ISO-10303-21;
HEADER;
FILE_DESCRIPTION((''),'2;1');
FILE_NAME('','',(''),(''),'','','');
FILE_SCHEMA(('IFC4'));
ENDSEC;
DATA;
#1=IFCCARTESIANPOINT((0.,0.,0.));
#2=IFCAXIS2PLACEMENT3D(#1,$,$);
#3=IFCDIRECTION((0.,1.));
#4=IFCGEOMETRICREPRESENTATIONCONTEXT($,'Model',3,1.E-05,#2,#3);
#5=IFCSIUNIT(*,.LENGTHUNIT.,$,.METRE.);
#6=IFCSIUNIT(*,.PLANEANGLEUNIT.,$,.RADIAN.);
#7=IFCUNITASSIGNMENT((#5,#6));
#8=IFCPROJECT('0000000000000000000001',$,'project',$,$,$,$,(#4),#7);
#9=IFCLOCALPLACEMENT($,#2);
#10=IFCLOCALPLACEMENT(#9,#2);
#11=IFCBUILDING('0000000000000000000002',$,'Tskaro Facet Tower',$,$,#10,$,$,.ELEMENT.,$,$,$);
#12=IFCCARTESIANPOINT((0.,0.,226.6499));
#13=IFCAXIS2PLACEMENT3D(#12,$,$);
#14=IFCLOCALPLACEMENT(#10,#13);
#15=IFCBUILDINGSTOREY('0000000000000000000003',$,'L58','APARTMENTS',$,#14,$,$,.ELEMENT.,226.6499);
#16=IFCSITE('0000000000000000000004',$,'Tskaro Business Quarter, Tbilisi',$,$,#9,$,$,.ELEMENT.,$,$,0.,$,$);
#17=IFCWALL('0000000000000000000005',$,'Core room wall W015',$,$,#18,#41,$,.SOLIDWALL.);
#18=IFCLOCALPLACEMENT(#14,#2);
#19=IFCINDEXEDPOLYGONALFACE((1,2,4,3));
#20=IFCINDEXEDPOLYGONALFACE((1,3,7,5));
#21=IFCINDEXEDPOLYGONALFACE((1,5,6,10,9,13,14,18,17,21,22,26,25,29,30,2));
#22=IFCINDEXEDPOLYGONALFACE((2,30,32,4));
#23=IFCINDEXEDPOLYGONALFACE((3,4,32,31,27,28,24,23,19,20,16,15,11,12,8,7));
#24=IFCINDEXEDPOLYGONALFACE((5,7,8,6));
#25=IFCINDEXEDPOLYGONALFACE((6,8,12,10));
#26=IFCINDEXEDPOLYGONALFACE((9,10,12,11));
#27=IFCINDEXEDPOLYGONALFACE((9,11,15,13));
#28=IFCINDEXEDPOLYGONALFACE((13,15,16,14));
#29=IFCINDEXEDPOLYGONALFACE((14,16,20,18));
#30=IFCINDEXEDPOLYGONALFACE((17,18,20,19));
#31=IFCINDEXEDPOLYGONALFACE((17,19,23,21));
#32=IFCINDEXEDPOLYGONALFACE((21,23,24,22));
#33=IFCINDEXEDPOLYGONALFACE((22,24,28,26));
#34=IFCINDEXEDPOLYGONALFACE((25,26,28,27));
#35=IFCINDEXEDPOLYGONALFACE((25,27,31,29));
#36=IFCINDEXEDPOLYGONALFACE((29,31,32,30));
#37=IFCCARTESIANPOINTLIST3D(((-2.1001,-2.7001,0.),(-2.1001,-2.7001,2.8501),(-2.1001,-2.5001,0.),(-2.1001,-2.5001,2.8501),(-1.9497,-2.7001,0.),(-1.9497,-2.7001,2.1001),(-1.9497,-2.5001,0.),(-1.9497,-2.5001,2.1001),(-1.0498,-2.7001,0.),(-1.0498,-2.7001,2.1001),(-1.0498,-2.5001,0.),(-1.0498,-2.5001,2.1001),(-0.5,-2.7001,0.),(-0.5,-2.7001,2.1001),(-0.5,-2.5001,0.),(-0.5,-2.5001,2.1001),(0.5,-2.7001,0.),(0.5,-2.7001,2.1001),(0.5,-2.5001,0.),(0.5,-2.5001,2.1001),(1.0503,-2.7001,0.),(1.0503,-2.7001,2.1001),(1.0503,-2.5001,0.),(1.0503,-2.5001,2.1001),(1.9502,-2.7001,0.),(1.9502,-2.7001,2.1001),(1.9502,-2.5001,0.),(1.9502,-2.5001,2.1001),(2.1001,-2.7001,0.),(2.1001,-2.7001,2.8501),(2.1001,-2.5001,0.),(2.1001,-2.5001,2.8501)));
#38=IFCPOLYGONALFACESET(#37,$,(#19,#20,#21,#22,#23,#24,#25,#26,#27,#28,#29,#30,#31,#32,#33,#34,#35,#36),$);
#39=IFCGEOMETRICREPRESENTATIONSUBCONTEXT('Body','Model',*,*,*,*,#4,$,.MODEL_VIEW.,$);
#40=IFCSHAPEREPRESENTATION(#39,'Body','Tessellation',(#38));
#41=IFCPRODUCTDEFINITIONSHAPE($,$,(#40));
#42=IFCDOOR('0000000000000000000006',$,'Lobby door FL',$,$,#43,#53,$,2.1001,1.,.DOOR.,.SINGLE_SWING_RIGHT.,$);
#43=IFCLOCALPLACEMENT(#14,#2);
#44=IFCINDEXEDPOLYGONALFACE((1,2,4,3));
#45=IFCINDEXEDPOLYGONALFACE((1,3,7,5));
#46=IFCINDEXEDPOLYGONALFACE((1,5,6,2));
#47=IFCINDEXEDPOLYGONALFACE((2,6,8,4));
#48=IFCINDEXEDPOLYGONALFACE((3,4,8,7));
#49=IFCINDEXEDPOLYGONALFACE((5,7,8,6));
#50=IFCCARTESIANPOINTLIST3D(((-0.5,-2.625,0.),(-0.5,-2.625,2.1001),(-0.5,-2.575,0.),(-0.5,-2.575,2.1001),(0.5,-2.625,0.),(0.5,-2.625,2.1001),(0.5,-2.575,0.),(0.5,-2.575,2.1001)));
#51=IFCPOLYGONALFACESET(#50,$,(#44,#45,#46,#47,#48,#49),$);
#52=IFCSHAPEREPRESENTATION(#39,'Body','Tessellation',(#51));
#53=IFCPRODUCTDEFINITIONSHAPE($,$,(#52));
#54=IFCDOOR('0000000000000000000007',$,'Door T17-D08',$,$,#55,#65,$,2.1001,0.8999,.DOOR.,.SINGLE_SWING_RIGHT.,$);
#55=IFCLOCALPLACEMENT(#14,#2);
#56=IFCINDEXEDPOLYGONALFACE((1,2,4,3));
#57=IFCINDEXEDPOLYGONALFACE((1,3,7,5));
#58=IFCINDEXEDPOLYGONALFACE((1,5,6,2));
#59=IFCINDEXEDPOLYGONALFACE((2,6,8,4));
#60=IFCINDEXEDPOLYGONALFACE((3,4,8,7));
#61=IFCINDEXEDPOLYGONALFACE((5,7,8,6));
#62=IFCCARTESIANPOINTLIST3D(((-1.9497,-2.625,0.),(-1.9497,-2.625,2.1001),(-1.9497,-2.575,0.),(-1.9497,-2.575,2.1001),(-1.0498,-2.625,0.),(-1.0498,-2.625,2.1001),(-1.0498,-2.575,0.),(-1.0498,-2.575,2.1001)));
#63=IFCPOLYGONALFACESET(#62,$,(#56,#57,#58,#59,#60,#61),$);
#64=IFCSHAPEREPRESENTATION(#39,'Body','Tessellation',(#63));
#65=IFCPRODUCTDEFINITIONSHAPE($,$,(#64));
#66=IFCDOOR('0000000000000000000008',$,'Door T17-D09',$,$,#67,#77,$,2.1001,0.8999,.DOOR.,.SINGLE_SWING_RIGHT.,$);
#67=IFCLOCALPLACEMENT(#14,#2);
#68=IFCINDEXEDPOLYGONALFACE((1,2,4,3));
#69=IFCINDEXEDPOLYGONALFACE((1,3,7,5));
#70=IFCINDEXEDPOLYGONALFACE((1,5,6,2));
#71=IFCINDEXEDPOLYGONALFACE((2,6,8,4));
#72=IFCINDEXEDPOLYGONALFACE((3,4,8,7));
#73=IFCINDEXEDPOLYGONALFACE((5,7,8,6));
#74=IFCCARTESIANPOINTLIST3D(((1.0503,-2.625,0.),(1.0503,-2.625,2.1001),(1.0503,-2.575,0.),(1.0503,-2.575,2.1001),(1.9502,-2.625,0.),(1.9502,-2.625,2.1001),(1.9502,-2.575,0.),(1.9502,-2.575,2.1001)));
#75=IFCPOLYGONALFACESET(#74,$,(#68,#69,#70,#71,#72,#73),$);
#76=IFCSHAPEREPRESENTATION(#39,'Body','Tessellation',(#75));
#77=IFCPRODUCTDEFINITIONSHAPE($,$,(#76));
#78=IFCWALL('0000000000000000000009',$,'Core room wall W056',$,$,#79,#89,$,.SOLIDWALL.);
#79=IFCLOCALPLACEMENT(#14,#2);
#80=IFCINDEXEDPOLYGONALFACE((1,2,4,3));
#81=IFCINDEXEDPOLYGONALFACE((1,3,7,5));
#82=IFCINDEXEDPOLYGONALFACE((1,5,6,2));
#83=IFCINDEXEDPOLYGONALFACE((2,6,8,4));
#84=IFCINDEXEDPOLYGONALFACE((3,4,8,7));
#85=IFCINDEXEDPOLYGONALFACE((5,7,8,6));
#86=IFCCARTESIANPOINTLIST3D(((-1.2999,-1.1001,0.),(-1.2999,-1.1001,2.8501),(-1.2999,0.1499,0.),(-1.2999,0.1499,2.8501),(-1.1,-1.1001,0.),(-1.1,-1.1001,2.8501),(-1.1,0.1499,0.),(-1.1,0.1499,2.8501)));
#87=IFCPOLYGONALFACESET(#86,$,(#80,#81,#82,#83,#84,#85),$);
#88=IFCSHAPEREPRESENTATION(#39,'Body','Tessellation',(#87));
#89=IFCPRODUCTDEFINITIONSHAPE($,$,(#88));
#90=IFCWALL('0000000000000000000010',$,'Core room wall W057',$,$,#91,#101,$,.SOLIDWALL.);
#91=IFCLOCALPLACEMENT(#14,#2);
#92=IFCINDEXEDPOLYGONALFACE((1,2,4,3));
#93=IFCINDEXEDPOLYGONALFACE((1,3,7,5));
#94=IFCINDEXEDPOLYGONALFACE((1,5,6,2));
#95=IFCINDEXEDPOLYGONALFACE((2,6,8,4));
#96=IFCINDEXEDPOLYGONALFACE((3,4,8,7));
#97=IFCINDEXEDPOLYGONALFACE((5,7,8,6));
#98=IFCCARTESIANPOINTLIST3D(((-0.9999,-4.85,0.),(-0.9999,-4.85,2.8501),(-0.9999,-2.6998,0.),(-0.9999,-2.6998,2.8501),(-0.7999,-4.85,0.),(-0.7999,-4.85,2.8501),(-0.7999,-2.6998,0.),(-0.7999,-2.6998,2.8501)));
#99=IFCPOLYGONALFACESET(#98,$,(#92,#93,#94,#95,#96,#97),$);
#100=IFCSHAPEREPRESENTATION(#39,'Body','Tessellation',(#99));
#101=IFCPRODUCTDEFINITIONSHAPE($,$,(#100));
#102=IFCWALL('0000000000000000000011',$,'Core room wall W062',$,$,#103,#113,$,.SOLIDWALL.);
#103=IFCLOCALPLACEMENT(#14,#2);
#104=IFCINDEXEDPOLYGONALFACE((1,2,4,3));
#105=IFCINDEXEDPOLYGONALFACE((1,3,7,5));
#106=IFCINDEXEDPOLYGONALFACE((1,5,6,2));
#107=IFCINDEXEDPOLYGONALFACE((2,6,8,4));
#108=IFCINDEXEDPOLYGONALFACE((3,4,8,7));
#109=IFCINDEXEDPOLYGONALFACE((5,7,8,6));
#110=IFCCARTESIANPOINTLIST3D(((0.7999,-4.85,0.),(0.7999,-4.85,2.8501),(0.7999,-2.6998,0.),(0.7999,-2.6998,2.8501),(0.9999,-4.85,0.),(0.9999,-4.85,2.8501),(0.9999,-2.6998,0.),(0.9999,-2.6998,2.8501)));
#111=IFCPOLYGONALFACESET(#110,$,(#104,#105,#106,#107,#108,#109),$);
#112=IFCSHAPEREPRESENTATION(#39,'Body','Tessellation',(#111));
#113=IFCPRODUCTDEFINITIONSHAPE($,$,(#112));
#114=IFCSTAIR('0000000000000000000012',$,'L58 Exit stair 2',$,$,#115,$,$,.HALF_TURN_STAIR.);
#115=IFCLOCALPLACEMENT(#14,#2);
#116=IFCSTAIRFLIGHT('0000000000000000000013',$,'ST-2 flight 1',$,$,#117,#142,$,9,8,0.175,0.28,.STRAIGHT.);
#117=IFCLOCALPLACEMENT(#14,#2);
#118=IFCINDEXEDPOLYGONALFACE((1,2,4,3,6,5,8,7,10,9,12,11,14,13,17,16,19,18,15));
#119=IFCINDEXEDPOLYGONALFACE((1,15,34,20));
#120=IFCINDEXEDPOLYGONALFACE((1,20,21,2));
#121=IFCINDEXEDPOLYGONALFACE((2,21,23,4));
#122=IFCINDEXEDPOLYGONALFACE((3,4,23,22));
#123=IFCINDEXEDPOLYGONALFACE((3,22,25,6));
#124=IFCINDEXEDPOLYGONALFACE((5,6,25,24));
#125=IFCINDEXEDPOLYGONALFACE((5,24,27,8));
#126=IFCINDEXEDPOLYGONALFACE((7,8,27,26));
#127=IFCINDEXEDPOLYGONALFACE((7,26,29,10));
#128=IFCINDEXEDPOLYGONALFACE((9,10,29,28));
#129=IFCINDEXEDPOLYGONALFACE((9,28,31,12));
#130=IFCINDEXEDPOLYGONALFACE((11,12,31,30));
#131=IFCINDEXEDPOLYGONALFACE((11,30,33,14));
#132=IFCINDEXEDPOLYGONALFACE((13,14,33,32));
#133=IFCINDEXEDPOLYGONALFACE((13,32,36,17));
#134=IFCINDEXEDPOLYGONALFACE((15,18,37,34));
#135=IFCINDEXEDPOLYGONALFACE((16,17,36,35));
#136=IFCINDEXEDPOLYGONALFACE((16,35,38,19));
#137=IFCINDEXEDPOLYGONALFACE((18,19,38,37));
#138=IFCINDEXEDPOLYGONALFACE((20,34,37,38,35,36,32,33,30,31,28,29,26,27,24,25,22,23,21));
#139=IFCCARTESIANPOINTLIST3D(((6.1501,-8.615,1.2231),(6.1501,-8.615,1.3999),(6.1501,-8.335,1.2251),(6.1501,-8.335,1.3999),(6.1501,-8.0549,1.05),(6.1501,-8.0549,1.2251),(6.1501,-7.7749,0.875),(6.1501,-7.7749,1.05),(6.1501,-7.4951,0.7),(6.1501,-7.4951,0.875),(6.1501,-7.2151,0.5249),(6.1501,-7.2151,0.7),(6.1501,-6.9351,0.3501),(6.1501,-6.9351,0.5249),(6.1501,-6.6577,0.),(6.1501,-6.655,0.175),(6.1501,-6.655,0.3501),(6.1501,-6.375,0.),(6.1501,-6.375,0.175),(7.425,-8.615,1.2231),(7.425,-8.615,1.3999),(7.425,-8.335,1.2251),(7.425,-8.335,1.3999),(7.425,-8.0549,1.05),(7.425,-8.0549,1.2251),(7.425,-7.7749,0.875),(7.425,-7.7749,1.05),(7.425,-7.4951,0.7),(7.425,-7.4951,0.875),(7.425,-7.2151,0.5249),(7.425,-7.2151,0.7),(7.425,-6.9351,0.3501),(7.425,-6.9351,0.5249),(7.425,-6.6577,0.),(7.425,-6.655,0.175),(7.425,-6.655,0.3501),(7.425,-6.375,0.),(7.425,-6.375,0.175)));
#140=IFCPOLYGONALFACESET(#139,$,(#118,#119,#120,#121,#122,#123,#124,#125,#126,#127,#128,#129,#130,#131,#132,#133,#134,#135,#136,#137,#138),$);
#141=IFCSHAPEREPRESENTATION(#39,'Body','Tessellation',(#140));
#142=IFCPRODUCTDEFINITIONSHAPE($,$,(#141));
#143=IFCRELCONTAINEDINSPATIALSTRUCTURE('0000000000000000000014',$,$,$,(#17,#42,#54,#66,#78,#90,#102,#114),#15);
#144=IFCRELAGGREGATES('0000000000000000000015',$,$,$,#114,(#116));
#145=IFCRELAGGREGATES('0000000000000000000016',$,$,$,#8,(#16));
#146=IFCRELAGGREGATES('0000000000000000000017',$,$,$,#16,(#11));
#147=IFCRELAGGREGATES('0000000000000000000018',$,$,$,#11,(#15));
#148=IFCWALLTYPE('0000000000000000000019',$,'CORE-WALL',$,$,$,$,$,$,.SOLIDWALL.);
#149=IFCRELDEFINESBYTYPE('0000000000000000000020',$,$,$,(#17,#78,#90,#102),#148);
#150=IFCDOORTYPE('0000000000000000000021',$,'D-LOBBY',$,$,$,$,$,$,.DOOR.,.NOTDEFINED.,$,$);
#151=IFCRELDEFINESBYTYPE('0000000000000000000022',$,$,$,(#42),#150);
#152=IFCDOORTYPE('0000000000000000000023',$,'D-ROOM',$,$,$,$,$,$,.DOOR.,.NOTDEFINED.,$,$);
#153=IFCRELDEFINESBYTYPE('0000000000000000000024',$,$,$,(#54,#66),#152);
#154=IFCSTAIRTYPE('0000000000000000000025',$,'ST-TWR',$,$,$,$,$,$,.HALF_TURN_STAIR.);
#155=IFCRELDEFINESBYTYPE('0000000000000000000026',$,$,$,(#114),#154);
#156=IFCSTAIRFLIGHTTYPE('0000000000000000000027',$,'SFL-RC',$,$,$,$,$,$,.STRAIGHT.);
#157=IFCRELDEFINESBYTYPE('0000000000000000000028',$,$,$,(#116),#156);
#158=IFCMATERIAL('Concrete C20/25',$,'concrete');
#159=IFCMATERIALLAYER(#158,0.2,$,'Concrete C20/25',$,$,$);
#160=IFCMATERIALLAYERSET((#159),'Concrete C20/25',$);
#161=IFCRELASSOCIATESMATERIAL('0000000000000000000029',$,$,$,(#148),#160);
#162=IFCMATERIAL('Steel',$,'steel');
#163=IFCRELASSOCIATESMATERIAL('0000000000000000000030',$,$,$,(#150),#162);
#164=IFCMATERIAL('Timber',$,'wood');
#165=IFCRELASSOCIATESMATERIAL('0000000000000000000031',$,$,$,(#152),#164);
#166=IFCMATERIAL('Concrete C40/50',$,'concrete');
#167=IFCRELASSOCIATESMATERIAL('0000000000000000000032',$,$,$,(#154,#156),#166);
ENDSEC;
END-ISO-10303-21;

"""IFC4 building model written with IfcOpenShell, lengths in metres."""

from ifc_helpers import new_model, si_unit, direction, frame, frame_2d, origin, place, context, subcontext, project, spatial, polyline, rectangle, outline, extrude, material, layer, layer_set, type_object, element, fill, aggregate, save


model = new_model("IFC4")

# Units and contexts
model_context = context("Model", 3, precision=1e-05, world=origin(), true_north=direction((0.0, 1.0)))
body_context = subcontext(model_context, "Body", "Model", "MODEL_VIEW")
ifc_project = project(units=[si_unit("LENGTHUNIT", "METRE"), si_unit("PLANEANGLEUNIT", "RADIAN")], contexts=[model_context])

# Site, building, storey
site_placement = place(None, origin())
site = spatial("IfcSite", under=ifc_project, at=site_placement, Name="Tskaro Business Quarter, Tbilisi", CompositionType="ELEMENT", RefElevation=0.0)
building_placement = place(site_placement, origin())
building = spatial("IfcBuilding", under=site, at=building_placement, Name="Tskaro Facet Tower", CompositionType="ELEMENT")
storey_placement = place(building_placement, frame((0.0, 0.0, 226.6499)))
storey = spatial("IfcBuildingStorey", under=building, at=storey_placement, Name="L58", Description="APARTMENTS", CompositionType="ELEMENT", Elevation=226.6499)

# Shared definitions
ifc_material_1 = material(Name="Steel", Category="steel")

# Shared definitions
ifc_material_2 = material(Name="Concrete C20/25", Category="concrete")
ifc_layer_1 = layer(ifc_material_2, 0.2, Name="Concrete C20/25")
ifc_layer_set_1 = layer_set([ifc_layer_1], Name="Concrete C20/25")
wall_type_1 = type_object("IfcWallType", Name="CORE-WALL", PredefinedType="SOLIDWALL", material=ifc_layer_set_1)

# Wall, openings, doors
wall_1_placement = place(storey_placement, frame((2.1001, -2.6001, 0.0), z_axis=(0.0, 0.0, 1.0), x_axis=(-1.0, 0.0, 0.0)))
wall_1 = element("IfcWall", 1, at=wall_1_placement, inside=storey, type_object=wall_type_1, Name="Core room wall W015", PredefinedType="SOLIDWALL", context=body_context, shape_type="SweptSolid", body=[
    extrude(rectangle(XDim=4.2002, YDim=0.2, at=frame_2d((2.1001, 0.0))), origin(), (0.0, 0.0, 1.0), 2.8501),
])
opening_1_placement = place(wall_1_placement, frame((1.6001, 0.0, 0.0)))
opening_1 = element("IfcOpeningElement", 2, at=opening_1_placement, cuts=wall_1, PredefinedType="OPENING", context=body_context, shape_type="SweptSolid", body=[
    extrude(rectangle(XDim=1.0, YDim=2.1001, at=frame_2d((0.5, 1.05))), frame((0.0, 0.1099, 0.0), z_axis=(0.0, -1.0, 0.0), x_axis=(1.0, 0.0, 0.0)), (0.0, 0.0, 1.0), 0.22),
])
opening_2_placement = place(wall_1_placement, frame((3.1499, 0.0, 0.0)))
opening_2 = element("IfcOpeningElement", 3, at=opening_2_placement, cuts=wall_1, PredefinedType="OPENING", context=body_context, shape_type="SweptSolid", body=[
    extrude(rectangle(XDim=0.8999, YDim=2.1001, at=frame_2d((0.45, 1.05))), frame((0.0, 0.1099, 0.0), z_axis=(0.0, -1.0, 0.0), x_axis=(1.0, 0.0, 0.0)), (0.0, 0.0, 1.0), 0.22),
])
opening_3_placement = place(wall_1_placement, frame((0.1499, 0.0, 0.0)))
opening_3 = element("IfcOpeningElement", 4, at=opening_3_placement, cuts=wall_1, PredefinedType="OPENING", context=body_context, shape_type="SweptSolid", body=[
    extrude(rectangle(XDim=0.8999, YDim=2.1001, at=frame_2d((0.45, 1.05))), frame((0.0, 0.1099, 0.0), z_axis=(0.0, -1.0, 0.0), x_axis=(1.0, 0.0, 0.0)), (0.0, 0.0, 1.0), 0.22),
])
door_type_1 = type_object("IfcDoorType", Name="D-LOBBY", OperationType="NOTDEFINED", PredefinedType="DOOR", material=ifc_material_1)
door_1_placement = place(opening_1_placement, origin())
door_1 = element("IfcDoor", 5, at=door_1_placement, inside=storey, type_object=door_type_1, Name="Lobby door FL", OperationType="SINGLE_SWING_RIGHT", OverallHeight=2.1001, OverallWidth=1.0, PredefinedType="DOOR", context=body_context, shape_type="SweptSolid", body=[
    extrude(rectangle(XDim=1.0, YDim=2.1001, at=frame_2d((0.5, 1.05))), frame((0.0, 0.0249, 0.0), z_axis=(0.0, -1.0, 0.0), x_axis=(1.0, 0.0, 0.0)), (0.0, 0.0, 1.0), 0.05),
])
fill(opening_1, door_1)
ifc_material_3 = material(Name="Timber", Category="wood")
door_type_2 = type_object("IfcDoorType", Name="D-ROOM", OperationType="NOTDEFINED", PredefinedType="DOOR", material=ifc_material_3)
door_2_placement = place(opening_2_placement, origin())
door_2 = element("IfcDoor", 6, at=door_2_placement, inside=storey, type_object=door_type_2, Name="Door T17-D08", OperationType="SINGLE_SWING_RIGHT", OverallHeight=2.1001, OverallWidth=0.8999, PredefinedType="DOOR", context=body_context, shape_type="SweptSolid", body=[
    extrude(rectangle(XDim=0.8999, YDim=2.1001, at=frame_2d((0.45, 1.05))), frame((0.0, 0.0249, 0.0), z_axis=(0.0, -1.0, 0.0), x_axis=(1.0, 0.0, 0.0)), (0.0, 0.0, 1.0), 0.05),
])
fill(opening_2, door_2)
door_3_placement = place(opening_3_placement, origin())
door_3 = element("IfcDoor", 7, at=door_3_placement, inside=storey, type_object=door_type_2, Name="Door T17-D09", OperationType="SINGLE_SWING_RIGHT", OverallHeight=2.1001, OverallWidth=0.8999, PredefinedType="DOOR", context=body_context, shape_type="SweptSolid", body=[
    extrude(rectangle(XDim=0.8999, YDim=2.1001, at=frame_2d((0.45, 1.05))), frame((0.0, 0.0249, 0.0), z_axis=(0.0, -1.0, 0.0), x_axis=(1.0, 0.0, 0.0)), (0.0, 0.0, 1.0), 0.05),
])
fill(opening_3, door_3)

# Walls
wall_2_placement = place(storey_placement, frame((-1.2, -1.1001, 0.0), z_axis=(0.0, 0.0, 1.0), x_axis=(0.0, 1.0, 0.0)))
element("IfcWall", 8, at=wall_2_placement, inside=storey, type_object=wall_type_1, Name="Core room wall W056", PredefinedType="SOLIDWALL", context=body_context, shape_type="SweptSolid", body=[
    extrude(rectangle(XDim=1.25, YDim=0.2, at=frame_2d((0.625, 0.0))), origin(), (0.0, 0.0, 1.0), 2.8501),
])
for number, where, z_axis, x_axis, name in (
    (9, (-0.8999, -4.8501, 0.0), (0.0, 0.0, 1.0), (0.0, 1.0, 0.0), "Core room wall W057"),
    (10, (0.8999, -4.8501, 0.0), (0.0, 0.0, 1.0), (0.0, 1.0, 0.0), "Core room wall W062"),
):
    element("IfcWall", number, at=place(storey_placement, frame(where, z_axis=z_axis, x_axis=x_axis)), inside=storey, type_object=wall_type_1, Name=name, PredefinedType="SOLIDWALL", context=body_context, shape_type="SweptSolid", body=[
        extrude(rectangle(XDim=2.1501, YDim=0.2, at=frame_2d((1.0752, 0.0))), origin(), (0.0, 0.0, 1.0), 2.8501),
    ])

# Stair, stair flight
ifc_material_4 = material(Name="Concrete C40/50", Category="concrete")
stair_type = type_object("IfcStairType", Name="ST-TWR", PredefinedType="HALF_TURN_STAIR", material=ifc_material_4)
stair_placement = place(storey_placement, origin())
stair = element("IfcStair", 11, at=stair_placement, inside=storey, type_object=stair_type, Name="L58 Exit stair 2", PredefinedType="HALF_TURN_STAIR")
stair_flight_type = type_object("IfcStairFlightType", Name="SFL-RC", PredefinedType="STRAIGHT", material=ifc_material_4)
stair_flight_placement = place(storey_placement, frame((6.7876, -6.375, 0.0), z_axis=(0.0, 0.0, 1.0), x_axis=(0.0, -1.0, 0.0)))
stair_flight = element("IfcStairFlight", 12, at=stair_flight_placement, type_object=stair_flight_type, Name="ST-2 flight 1", NumberOfRisers=9, NumberOfTreads=8, PredefinedType="STRAIGHT", RiserHeight=0.175, TreadLength=0.28, context=body_context, shape_type="SweptSolid", body=[
    extrude(outline(polyline([(0.0, 0.0), (0.0, 0.175), (0.28, 0.175), (0.28, 0.3501), (0.5601, 0.3501), (0.5601, 0.5249), (0.8401, 0.5249), (0.8401, 0.7), (1.1201, 0.7), (1.1201, 0.875), (1.3999, 0.875), (1.3999, 1.05), (1.6799, 1.05), (1.6799, 1.2251), (1.96, 1.2251), (1.96, 1.3999), (2.24, 1.3999), (2.24, 1.575), (2.24, 1.2231), (0.2827, 0.0), (0.0, 0.0)])), frame((0.0, 0.6375, 0.0), z_axis=(0.0, -1.0, 0.0), x_axis=(1.0, 0.0, 0.0)), (0.0, 0.0, 1.0), 1.2749),
])
aggregate(stair, [stair_flight])

save(model, "model.ifc")
